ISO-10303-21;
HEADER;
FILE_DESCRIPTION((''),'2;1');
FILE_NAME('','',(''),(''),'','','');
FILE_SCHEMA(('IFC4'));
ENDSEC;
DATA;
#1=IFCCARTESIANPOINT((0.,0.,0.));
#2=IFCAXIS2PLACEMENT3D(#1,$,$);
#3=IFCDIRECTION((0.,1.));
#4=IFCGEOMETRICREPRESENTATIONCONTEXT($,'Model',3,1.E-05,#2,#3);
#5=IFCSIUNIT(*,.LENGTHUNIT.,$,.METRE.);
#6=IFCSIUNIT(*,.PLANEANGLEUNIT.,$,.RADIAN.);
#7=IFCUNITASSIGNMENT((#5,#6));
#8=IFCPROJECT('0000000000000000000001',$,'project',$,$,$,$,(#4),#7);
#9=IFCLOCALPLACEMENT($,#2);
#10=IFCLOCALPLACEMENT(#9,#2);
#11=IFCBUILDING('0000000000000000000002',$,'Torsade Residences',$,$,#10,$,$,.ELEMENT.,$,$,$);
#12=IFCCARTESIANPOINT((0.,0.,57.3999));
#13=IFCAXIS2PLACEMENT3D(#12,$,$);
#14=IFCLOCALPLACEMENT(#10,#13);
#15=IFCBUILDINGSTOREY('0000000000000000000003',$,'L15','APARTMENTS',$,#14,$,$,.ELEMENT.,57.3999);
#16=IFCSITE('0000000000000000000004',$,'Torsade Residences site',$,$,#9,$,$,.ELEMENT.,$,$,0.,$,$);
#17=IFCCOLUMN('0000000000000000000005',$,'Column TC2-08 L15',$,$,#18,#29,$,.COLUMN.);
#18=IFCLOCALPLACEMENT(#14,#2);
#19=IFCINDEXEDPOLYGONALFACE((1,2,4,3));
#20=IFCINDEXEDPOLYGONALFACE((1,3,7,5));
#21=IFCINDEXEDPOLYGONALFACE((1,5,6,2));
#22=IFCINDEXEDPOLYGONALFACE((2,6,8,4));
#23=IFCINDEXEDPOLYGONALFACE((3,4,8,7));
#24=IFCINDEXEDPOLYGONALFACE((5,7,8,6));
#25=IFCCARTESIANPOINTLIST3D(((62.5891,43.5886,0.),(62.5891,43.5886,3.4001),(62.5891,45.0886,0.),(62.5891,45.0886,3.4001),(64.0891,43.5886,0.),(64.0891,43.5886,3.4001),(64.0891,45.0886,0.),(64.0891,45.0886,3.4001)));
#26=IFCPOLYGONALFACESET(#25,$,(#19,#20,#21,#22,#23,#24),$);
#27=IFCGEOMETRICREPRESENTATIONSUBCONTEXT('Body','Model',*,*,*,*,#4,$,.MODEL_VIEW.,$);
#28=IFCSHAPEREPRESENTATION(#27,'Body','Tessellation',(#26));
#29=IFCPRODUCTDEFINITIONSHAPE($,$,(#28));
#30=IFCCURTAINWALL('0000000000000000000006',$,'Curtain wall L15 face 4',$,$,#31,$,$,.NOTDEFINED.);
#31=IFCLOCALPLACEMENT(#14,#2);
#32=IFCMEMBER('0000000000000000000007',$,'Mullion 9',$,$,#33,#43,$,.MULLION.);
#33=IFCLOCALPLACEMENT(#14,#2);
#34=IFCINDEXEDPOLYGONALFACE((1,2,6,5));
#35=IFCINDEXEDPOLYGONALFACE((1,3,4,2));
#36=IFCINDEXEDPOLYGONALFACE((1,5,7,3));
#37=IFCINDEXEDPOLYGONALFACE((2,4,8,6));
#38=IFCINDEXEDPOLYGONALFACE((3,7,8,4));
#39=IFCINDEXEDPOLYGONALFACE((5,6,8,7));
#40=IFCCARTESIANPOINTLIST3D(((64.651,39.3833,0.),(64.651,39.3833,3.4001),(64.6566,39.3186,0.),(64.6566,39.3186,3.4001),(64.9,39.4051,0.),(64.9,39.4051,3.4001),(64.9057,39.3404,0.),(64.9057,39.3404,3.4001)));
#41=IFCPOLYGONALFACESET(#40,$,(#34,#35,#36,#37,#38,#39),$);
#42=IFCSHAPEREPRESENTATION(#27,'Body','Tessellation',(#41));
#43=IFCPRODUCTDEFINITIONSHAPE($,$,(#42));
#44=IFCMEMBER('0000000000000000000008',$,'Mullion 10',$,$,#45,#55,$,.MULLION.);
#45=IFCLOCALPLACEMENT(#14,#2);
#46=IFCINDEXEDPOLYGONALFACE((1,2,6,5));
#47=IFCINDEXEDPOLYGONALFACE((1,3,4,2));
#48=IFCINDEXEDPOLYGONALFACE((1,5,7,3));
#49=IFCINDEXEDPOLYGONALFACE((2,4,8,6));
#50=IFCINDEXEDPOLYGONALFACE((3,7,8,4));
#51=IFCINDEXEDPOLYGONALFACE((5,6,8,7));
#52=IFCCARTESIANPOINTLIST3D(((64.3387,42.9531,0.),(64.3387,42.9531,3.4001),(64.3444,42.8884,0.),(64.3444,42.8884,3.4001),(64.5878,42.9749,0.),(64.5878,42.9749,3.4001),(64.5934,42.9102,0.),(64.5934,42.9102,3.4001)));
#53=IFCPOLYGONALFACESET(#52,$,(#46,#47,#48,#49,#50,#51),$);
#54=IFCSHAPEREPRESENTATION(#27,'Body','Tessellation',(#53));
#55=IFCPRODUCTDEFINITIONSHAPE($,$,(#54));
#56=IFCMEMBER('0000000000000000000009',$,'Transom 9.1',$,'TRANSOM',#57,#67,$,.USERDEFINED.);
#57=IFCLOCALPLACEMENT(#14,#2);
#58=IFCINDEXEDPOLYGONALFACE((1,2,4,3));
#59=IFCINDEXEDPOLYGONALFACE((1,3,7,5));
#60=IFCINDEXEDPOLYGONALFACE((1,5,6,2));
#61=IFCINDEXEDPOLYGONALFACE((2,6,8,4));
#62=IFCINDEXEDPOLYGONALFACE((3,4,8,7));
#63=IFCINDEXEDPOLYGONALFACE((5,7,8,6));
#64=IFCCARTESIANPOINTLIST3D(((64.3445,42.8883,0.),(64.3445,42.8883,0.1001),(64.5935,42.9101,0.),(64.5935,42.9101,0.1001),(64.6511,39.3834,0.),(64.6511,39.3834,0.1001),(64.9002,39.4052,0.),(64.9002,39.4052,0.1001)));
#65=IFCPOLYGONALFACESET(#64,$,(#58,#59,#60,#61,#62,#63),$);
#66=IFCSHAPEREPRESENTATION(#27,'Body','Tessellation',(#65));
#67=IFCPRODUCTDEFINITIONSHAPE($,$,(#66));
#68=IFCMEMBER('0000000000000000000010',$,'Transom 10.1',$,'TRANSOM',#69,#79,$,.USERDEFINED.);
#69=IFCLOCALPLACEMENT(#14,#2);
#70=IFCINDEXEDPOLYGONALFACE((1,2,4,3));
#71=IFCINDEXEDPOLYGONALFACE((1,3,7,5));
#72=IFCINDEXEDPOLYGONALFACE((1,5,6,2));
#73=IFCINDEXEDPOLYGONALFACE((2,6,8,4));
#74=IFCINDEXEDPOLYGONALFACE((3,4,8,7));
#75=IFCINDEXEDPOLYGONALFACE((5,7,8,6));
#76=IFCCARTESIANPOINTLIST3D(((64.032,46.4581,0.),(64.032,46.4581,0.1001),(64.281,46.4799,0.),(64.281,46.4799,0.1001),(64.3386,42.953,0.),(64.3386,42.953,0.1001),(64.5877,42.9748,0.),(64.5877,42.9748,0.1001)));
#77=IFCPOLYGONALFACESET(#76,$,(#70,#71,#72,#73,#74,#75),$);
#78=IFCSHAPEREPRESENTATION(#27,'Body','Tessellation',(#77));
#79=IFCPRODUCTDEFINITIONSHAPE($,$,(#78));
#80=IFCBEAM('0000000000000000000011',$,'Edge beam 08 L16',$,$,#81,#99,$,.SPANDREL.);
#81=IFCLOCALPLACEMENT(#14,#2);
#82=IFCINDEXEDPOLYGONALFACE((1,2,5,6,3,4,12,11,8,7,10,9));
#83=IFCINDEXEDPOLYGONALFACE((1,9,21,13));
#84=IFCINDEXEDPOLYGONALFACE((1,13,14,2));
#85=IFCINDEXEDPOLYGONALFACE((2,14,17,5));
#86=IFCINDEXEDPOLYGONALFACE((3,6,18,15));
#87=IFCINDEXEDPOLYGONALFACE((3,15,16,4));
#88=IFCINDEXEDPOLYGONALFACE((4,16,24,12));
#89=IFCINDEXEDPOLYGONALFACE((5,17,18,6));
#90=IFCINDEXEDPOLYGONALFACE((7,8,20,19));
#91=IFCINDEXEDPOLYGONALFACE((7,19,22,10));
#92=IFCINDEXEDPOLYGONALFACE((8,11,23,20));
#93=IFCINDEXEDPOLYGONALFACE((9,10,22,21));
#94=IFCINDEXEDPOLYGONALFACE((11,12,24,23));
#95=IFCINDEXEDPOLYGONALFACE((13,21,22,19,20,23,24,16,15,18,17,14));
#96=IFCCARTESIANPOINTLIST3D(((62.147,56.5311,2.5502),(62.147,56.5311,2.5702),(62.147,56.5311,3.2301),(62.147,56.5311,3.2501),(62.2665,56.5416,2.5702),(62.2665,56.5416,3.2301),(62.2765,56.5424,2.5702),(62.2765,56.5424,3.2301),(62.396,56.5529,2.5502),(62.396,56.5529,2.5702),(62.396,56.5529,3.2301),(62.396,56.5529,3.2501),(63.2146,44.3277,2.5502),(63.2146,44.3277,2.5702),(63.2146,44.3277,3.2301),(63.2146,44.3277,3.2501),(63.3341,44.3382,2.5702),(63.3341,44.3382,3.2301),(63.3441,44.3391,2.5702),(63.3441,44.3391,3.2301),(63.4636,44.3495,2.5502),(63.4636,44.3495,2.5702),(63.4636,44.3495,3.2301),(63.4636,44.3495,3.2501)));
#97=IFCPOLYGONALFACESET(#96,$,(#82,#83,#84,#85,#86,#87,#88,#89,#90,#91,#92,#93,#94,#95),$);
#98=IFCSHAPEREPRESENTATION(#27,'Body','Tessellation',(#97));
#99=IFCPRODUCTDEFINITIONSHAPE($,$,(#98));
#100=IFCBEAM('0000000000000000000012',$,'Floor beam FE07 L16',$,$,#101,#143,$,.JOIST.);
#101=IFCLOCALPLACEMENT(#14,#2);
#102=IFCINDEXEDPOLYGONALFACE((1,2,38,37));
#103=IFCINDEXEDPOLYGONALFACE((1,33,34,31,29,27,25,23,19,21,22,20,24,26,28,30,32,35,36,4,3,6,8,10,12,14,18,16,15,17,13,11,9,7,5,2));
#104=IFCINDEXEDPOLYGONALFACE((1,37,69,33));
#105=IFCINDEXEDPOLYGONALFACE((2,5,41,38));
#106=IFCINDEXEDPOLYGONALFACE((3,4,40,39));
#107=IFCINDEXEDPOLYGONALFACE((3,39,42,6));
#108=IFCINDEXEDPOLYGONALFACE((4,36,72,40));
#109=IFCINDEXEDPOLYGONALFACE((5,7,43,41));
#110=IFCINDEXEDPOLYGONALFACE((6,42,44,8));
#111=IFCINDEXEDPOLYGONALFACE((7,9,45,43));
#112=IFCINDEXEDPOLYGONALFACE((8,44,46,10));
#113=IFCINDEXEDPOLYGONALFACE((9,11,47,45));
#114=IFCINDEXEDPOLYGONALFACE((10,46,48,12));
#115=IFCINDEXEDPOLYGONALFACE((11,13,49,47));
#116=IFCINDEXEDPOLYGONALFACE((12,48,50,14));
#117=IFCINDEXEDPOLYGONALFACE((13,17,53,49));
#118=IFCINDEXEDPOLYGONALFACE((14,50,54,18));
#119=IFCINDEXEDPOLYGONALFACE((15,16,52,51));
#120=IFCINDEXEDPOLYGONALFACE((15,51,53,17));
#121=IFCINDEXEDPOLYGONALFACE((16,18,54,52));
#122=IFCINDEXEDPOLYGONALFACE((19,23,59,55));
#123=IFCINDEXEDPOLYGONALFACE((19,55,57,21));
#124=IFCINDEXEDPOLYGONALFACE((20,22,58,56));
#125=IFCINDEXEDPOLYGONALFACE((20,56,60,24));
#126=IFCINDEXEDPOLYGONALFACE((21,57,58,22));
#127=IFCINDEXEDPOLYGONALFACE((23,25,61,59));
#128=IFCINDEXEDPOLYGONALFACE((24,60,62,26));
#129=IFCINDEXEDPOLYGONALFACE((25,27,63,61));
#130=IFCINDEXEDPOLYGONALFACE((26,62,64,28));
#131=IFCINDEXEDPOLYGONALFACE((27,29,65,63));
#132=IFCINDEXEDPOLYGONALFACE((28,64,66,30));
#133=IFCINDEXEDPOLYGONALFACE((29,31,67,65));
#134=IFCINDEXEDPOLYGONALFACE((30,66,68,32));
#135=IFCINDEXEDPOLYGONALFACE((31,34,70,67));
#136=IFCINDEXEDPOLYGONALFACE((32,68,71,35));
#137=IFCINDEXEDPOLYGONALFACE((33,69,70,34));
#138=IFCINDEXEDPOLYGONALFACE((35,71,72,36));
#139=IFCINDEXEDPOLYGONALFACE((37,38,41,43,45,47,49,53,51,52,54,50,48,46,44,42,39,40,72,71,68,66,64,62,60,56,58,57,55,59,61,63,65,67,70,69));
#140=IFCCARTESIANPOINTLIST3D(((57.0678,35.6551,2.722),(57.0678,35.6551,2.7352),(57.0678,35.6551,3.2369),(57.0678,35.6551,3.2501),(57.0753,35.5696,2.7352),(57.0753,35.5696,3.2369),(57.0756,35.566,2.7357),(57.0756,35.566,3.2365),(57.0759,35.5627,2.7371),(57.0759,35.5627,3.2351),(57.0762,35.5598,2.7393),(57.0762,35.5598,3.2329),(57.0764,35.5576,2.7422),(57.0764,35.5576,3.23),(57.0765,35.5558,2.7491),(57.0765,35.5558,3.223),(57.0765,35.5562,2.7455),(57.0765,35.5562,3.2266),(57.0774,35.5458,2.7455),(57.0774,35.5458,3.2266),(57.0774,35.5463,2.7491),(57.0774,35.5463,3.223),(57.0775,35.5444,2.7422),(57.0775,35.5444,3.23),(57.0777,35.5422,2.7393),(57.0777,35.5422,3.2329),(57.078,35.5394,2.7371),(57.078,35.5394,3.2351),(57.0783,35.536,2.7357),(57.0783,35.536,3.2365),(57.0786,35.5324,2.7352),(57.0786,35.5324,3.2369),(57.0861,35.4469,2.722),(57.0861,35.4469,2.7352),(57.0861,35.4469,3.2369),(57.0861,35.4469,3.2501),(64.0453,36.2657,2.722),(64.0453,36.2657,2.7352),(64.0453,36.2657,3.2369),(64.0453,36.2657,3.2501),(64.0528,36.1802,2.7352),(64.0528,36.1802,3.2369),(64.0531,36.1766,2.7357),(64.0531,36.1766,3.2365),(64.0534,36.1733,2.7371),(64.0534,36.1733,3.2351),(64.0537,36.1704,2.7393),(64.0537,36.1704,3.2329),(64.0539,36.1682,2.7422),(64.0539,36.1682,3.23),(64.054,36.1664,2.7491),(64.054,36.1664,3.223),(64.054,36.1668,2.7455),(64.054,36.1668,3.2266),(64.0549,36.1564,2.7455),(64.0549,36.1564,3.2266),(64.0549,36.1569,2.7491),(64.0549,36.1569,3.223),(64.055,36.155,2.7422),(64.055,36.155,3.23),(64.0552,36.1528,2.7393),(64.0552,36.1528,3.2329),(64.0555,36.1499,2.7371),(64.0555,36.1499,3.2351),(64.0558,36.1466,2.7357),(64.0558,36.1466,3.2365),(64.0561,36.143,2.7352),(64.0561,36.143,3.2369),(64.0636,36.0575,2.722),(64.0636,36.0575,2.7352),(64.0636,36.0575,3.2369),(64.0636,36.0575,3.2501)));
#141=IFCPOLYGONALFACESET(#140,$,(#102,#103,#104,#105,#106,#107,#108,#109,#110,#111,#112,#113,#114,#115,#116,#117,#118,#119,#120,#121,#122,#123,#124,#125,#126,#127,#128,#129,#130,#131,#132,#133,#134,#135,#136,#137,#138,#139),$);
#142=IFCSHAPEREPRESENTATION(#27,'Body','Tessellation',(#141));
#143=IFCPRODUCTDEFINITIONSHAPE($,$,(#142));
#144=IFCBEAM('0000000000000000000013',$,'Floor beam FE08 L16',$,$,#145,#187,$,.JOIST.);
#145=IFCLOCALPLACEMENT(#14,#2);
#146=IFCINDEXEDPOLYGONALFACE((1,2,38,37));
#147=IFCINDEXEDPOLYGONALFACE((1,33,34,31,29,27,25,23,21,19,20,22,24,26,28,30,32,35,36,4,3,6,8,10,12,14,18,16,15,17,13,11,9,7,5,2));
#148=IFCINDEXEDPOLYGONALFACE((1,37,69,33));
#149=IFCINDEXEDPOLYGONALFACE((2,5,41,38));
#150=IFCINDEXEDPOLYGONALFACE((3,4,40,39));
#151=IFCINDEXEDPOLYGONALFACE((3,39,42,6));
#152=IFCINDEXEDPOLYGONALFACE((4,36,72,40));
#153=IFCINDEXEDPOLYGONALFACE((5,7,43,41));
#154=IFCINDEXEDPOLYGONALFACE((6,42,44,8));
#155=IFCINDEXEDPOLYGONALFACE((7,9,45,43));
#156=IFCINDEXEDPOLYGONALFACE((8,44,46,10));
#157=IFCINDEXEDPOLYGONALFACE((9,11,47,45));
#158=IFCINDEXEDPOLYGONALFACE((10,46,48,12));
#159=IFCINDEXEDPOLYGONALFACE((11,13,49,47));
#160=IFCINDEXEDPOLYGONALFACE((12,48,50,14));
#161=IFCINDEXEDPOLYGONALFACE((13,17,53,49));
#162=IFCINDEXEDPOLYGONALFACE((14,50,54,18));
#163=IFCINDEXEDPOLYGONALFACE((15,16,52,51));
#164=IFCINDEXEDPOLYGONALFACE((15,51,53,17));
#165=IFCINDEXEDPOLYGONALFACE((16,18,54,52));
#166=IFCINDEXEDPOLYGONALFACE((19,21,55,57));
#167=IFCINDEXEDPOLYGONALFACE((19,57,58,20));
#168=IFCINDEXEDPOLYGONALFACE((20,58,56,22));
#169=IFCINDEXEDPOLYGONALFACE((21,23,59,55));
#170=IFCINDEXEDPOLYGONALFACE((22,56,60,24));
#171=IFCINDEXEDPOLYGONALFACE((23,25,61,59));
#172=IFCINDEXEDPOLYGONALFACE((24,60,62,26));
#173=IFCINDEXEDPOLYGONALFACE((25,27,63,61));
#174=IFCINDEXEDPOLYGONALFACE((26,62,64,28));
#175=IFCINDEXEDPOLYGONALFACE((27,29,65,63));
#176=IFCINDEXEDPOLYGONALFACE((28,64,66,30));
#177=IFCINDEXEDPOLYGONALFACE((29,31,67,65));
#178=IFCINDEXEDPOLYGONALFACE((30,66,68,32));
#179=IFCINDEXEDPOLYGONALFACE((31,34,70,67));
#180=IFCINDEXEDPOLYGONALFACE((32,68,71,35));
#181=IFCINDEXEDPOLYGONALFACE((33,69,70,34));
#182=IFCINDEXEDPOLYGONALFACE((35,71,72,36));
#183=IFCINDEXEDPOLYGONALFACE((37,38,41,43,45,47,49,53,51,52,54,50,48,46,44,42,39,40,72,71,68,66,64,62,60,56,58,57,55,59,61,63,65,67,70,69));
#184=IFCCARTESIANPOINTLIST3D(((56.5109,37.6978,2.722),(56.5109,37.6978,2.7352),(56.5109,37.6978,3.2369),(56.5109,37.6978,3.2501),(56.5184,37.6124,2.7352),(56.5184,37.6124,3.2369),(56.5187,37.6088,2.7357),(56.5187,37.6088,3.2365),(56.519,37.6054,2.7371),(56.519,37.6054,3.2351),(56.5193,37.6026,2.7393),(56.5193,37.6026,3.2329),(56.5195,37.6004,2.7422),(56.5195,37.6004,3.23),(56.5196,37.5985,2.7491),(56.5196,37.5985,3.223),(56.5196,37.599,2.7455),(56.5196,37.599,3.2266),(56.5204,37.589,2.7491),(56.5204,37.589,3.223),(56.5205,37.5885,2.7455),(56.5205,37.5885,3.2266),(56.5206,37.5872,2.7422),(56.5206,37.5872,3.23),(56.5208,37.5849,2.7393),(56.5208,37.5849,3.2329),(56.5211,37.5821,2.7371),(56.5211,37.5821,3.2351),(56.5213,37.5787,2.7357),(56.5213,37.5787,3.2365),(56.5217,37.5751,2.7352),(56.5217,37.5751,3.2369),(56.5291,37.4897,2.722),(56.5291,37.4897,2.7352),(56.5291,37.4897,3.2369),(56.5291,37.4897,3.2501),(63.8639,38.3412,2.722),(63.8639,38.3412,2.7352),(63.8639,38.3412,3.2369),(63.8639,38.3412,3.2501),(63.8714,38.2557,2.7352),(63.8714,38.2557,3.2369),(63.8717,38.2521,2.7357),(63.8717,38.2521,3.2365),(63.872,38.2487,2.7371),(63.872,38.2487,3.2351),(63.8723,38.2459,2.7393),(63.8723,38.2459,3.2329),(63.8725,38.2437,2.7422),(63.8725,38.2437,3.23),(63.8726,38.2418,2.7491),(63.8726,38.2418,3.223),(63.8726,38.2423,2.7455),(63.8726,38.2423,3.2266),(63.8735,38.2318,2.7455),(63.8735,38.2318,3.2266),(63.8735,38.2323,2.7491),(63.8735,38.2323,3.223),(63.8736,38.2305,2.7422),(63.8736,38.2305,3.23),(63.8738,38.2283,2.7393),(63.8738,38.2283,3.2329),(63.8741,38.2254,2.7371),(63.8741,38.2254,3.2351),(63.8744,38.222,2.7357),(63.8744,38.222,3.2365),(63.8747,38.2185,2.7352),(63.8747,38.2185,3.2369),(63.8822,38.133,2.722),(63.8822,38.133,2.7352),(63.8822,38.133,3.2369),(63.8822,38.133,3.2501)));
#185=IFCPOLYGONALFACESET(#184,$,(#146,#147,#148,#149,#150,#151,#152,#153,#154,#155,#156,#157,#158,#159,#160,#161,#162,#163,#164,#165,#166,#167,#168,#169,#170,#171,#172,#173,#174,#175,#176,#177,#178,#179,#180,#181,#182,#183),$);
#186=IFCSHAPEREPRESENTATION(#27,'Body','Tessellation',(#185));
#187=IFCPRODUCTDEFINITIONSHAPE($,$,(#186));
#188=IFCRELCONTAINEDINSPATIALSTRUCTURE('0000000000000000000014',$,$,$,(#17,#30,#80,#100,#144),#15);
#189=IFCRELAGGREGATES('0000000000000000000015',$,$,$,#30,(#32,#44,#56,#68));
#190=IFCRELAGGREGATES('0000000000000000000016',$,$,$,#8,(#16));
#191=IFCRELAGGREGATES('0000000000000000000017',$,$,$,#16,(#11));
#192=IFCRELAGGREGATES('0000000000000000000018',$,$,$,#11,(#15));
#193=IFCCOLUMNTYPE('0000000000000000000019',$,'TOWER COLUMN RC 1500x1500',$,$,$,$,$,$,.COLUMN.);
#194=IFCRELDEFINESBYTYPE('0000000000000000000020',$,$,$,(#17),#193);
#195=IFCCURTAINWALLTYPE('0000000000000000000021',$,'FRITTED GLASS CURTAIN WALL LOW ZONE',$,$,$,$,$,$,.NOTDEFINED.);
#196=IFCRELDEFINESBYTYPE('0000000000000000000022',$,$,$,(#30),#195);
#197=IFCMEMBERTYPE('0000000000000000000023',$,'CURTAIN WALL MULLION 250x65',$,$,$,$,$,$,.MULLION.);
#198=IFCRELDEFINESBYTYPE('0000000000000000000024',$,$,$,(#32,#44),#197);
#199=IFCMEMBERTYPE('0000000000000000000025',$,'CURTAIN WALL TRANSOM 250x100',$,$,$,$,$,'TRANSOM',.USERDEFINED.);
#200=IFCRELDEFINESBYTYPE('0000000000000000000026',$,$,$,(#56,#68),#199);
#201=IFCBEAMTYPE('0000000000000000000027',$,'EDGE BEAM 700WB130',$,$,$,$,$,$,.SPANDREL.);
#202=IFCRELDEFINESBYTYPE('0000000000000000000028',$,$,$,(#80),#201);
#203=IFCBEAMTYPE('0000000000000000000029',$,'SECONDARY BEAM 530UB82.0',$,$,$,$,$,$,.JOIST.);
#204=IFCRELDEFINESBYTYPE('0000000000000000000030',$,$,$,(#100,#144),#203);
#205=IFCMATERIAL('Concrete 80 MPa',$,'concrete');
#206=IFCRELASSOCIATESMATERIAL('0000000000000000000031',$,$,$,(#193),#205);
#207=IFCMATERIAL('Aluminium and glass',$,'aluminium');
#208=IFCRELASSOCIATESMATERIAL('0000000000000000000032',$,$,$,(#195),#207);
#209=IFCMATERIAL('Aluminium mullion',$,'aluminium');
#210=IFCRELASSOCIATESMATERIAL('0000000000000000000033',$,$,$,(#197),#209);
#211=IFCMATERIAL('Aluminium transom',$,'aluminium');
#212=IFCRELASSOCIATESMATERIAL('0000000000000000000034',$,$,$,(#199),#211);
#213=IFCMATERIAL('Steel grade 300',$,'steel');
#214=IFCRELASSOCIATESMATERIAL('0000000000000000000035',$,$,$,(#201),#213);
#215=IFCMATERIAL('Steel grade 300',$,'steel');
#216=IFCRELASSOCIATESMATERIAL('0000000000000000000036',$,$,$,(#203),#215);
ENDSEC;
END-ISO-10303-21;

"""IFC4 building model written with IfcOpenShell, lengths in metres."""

from ifc_helpers import new_model, si_unit, direction, frame, origin, origin_2d, place, context, subcontext, project, spatial, rectangle, i_section, extrude, material, material_profile, profile_set, type_object, element, aggregate, save


model = new_model("IFC4")

# Units and contexts
model_context = context("Model", 3, precision=1e-05, world=origin(), true_north=direction((0.0, 1.0)))
body_context = subcontext(model_context, "Body", "Model", "MODEL_VIEW")
ifc_project = project(units=[si_unit("LENGTHUNIT", "METRE"), si_unit("PLANEANGLEUNIT", "RADIAN")], contexts=[model_context])

# Site, building, storey
site_placement = place(None, origin())
site = spatial("IfcSite", under=ifc_project, at=site_placement, Name="Torsade Residences site", CompositionType="ELEMENT", RefElevation=0.0)
building_placement = place(site_placement, origin())
building = spatial("IfcBuilding", under=site, at=building_placement, Name="Torsade Residences", CompositionType="ELEMENT")
storey_placement = place(building_placement, frame((0.0, 0.0, 57.3999)))
storey = spatial("IfcBuildingStorey", under=building, at=storey_placement, Name="L15", Description="APARTMENTS", CompositionType="ELEMENT", Elevation=57.3999)

# Column
ifc_material_1 = material(Name="Concrete 80 MPa", Category="concrete")
ifc_material_profile_1 = material_profile(ifc_material_1, rectangle(XDim=1.5, YDim=1.5, at=origin_2d()), Name="RC 1500x1500")
ifc_profile_set_1 = profile_set([ifc_material_profile_1], Name="Concrete 80 MPa")
column_type = type_object("IfcColumnType", Name="TOWER COLUMN RC 1500x1500", PredefinedType="COLUMN", material=ifc_profile_set_1)
column_placement = place(storey_placement, frame((63.3391, 44.3386, 0.0), z_axis=(0.0, 0.0, 1.0), x_axis=(1.0, 0.0, 0.0)))
element("IfcColumn", 1, at=column_placement, inside=storey, type_object=column_type, Name="Column TC2-08 L15", PredefinedType="COLUMN", context=body_context, shape_type="SweptSolid", body=[
    extrude(rectangle(XDim=1.5, YDim=1.5, at=origin_2d()), origin(), (0.0, 0.0, 1.0), 3.4001),
])

# Curtain wall, members
ifc_material_2 = material(Name="Aluminium and glass", Category="aluminium")
curtain_wall_type = type_object("IfcCurtainWallType", Name="FRITTED GLASS CURTAIN WALL LOW ZONE", PredefinedType="NOTDEFINED", material=ifc_material_2)
curtain_wall_placement = place(storey_placement, origin())
curtain_wall = element("IfcCurtainWall", 2, at=curtain_wall_placement, inside=storey, type_object=curtain_wall_type, Name="Curtain wall L15 face 4", PredefinedType="NOTDEFINED")
ifc_material_3 = material(Name="Aluminium mullion", Category="aluminium")
ifc_material_profile_2 = material_profile(ifc_material_3, rectangle(XDim=0.25, YDim=0.0649, at=origin_2d()), Name="CURTAIN WALL MULLION 250x65")
ifc_profile_set_2 = profile_set([ifc_material_profile_2], Name="Aluminium mullion")
member_type_1 = type_object("IfcMemberType", Name="CURTAIN WALL MULLION 250x65", PredefinedType="MULLION", material=ifc_profile_set_2)
member_1_placement = place(storey_placement, frame((64.7783, 39.3618, 0.0), z_axis=(0.0, 0.0, 1.0), x_axis=(-0.996195, -0.087156, 0.0)))
member_1 = element("IfcMember", 3, at=member_1_placement, type_object=member_type_1, Name="Mullion 9", PredefinedType="MULLION", context=body_context, shape_type="SweptSolid", body=[
    extrude(rectangle(XDim=0.25, YDim=0.0649, at=origin_2d()), origin(), (0.0, 0.0, 1.0), 3.4001),
])
member_2_placement = place(storey_placement, frame((64.4661, 42.9316, 0.0), z_axis=(0.0, 0.0, 1.0), x_axis=(-0.996195, -0.087156, 0.0)))
member_2 = element("IfcMember", 4, at=member_2_placement, type_object=member_type_1, Name="Mullion 10", PredefinedType="MULLION", context=body_context, shape_type="SweptSolid", body=[
    extrude(rectangle(XDim=0.25, YDim=0.0649, at=origin_2d()), origin(), (0.0, 0.0, 1.0), 3.4001),
])
ifc_material_4 = material(Name="Aluminium transom", Category="aluminium")
ifc_material_profile_3 = material_profile(ifc_material_4, rectangle(XDim=0.25, YDim=0.1001, at=origin_2d()), Name="CURTAIN WALL TRANSOM 250x100")
ifc_profile_set_3 = profile_set([ifc_material_profile_3], Name="Aluminium transom")
member_type_2 = type_object("IfcMemberType", Name="CURTAIN WALL TRANSOM 250x100", ElementType="TRANSOM", PredefinedType="USERDEFINED", material=ifc_profile_set_3)
member_3_placement = place(storey_placement, frame((64.7756, 39.3943, 0.05), z_axis=(-0.087157, 0.996195, 0.0), x_axis=(-0.996195, -0.087157, 0.0)))
member_3 = element("IfcMember", 5, at=member_3_placement, type_object=member_type_2, Name="Transom 9.1", ObjectType="TRANSOM", PredefinedType="USERDEFINED", context=body_context, shape_type="SweptSolid", body=[
    extrude(rectangle(XDim=0.25, YDim=0.1001, at=origin_2d()), origin(), (0.0, 0.0, 1.0), 3.5183),
])
member_4_placement = place(storey_placement, frame((64.4631, 42.9639, 0.05), z_axis=(-0.087151, 0.996195, 0.0), x_axis=(-0.996195, -0.087151, 0.0)))
member_4 = element("IfcMember", 6, at=member_4_placement, type_object=member_type_2, Name="Transom 10.1", ObjectType="TRANSOM", PredefinedType="USERDEFINED", context=body_context, shape_type="SweptSolid", body=[
    extrude(rectangle(XDim=0.25, YDim=0.1001, at=origin_2d()), origin(), (0.0, 0.0, 1.0), 3.5186),
])

# Beams
ifc_material_5 = material(Name="Steel grade 300", Category="steel")
ifc_material_profile_4 = material_profile(ifc_material_5, i_section(OverallWidth=0.25, OverallDepth=0.7, WebThickness=0.01, FlangeThickness=0.02, at=origin_2d()), Name="700WB130")
ifc_profile_set_4 = profile_set([ifc_material_profile_4], Name="Steel grade 300")
beam_type_1 = type_object("IfcBeamType", Name="EDGE BEAM 700WB130", PredefinedType="SPANDREL", material=ifc_profile_set_4)
beam_1_placement = place(storey_placement, frame((63.3391, 44.3386, 2.9001), z_axis=(-0.087153, 0.996195, 0.0), x_axis=(-0.996195, -0.087153, 0.0)))
element("IfcBeam", 7, at=beam_1_placement, inside=storey, type_object=beam_type_1, Name="Edge beam 08 L16", PredefinedType="SPANDREL", context=body_context, shape_type="SweptSolid", body=[
    extrude(i_section(OverallWidth=0.25, OverallDepth=0.7, WebThickness=0.01, FlangeThickness=0.02, at=origin_2d()), origin(), (0.0, 0.0, 1.0), 12.25),
])
ifc_material_6 = material(Name="Steel grade 300", Category="steel")
ifc_material_profile_5 = material_profile(ifc_material_6, i_section(OverallWidth=0.209, OverallDepth=0.5281, WebThickness=0.0095, FlangeThickness=0.0132, FilletRadius=0.0139, at=origin_2d()), Name="530UB82.0")
ifc_profile_set_5 = profile_set([ifc_material_profile_5], Name="Steel grade 300")
beam_type_2 = type_object("IfcBeamType", Name="SECONDARY BEAM 530UB82.0", PredefinedType="JOIST", material=ifc_profile_set_5)
beam_2_placement = place(storey_placement, frame((64.0544, 36.1616, 2.9861), z_axis=(-0.996193, -0.087176, 0.0), x_axis=(0.087176, -0.996193, 0.0)))
element("IfcBeam", 8, at=beam_2_placement, inside=storey, type_object=beam_type_2, Name="Floor beam FE07 L16", PredefinedType="JOIST", context=body_context, shape_type="SweptSolid", body=[
    extrude(i_section(OverallWidth=0.209, OverallDepth=0.5281, WebThickness=0.0095, FlangeThickness=0.0132, FilletRadius=0.0139, at=origin_2d()), origin(), (0.0, 0.0, 1.0), 7.0042),
])
beam_3_placement = place(storey_placement, frame((63.873, 38.2371, 2.9861), z_axis=(-0.996195, -0.087156, 0.0), x_axis=(0.087156, -0.996195, 0.0)))
element("IfcBeam", 9, at=beam_3_placement, inside=storey, type_object=beam_type_2, Name="Floor beam FE08 L16", PredefinedType="JOIST", context=body_context, shape_type="SweptSolid", body=[
    extrude(i_section(OverallWidth=0.209, OverallDepth=0.5281, WebThickness=0.0095, FlangeThickness=0.0132, FilletRadius=0.0139, at=origin_2d()), origin(), (0.0, 0.0, 1.0), 7.3811),
])

aggregate(curtain_wall, [member_1, member_2, member_3, member_4])

save(model, "model.ifc")
